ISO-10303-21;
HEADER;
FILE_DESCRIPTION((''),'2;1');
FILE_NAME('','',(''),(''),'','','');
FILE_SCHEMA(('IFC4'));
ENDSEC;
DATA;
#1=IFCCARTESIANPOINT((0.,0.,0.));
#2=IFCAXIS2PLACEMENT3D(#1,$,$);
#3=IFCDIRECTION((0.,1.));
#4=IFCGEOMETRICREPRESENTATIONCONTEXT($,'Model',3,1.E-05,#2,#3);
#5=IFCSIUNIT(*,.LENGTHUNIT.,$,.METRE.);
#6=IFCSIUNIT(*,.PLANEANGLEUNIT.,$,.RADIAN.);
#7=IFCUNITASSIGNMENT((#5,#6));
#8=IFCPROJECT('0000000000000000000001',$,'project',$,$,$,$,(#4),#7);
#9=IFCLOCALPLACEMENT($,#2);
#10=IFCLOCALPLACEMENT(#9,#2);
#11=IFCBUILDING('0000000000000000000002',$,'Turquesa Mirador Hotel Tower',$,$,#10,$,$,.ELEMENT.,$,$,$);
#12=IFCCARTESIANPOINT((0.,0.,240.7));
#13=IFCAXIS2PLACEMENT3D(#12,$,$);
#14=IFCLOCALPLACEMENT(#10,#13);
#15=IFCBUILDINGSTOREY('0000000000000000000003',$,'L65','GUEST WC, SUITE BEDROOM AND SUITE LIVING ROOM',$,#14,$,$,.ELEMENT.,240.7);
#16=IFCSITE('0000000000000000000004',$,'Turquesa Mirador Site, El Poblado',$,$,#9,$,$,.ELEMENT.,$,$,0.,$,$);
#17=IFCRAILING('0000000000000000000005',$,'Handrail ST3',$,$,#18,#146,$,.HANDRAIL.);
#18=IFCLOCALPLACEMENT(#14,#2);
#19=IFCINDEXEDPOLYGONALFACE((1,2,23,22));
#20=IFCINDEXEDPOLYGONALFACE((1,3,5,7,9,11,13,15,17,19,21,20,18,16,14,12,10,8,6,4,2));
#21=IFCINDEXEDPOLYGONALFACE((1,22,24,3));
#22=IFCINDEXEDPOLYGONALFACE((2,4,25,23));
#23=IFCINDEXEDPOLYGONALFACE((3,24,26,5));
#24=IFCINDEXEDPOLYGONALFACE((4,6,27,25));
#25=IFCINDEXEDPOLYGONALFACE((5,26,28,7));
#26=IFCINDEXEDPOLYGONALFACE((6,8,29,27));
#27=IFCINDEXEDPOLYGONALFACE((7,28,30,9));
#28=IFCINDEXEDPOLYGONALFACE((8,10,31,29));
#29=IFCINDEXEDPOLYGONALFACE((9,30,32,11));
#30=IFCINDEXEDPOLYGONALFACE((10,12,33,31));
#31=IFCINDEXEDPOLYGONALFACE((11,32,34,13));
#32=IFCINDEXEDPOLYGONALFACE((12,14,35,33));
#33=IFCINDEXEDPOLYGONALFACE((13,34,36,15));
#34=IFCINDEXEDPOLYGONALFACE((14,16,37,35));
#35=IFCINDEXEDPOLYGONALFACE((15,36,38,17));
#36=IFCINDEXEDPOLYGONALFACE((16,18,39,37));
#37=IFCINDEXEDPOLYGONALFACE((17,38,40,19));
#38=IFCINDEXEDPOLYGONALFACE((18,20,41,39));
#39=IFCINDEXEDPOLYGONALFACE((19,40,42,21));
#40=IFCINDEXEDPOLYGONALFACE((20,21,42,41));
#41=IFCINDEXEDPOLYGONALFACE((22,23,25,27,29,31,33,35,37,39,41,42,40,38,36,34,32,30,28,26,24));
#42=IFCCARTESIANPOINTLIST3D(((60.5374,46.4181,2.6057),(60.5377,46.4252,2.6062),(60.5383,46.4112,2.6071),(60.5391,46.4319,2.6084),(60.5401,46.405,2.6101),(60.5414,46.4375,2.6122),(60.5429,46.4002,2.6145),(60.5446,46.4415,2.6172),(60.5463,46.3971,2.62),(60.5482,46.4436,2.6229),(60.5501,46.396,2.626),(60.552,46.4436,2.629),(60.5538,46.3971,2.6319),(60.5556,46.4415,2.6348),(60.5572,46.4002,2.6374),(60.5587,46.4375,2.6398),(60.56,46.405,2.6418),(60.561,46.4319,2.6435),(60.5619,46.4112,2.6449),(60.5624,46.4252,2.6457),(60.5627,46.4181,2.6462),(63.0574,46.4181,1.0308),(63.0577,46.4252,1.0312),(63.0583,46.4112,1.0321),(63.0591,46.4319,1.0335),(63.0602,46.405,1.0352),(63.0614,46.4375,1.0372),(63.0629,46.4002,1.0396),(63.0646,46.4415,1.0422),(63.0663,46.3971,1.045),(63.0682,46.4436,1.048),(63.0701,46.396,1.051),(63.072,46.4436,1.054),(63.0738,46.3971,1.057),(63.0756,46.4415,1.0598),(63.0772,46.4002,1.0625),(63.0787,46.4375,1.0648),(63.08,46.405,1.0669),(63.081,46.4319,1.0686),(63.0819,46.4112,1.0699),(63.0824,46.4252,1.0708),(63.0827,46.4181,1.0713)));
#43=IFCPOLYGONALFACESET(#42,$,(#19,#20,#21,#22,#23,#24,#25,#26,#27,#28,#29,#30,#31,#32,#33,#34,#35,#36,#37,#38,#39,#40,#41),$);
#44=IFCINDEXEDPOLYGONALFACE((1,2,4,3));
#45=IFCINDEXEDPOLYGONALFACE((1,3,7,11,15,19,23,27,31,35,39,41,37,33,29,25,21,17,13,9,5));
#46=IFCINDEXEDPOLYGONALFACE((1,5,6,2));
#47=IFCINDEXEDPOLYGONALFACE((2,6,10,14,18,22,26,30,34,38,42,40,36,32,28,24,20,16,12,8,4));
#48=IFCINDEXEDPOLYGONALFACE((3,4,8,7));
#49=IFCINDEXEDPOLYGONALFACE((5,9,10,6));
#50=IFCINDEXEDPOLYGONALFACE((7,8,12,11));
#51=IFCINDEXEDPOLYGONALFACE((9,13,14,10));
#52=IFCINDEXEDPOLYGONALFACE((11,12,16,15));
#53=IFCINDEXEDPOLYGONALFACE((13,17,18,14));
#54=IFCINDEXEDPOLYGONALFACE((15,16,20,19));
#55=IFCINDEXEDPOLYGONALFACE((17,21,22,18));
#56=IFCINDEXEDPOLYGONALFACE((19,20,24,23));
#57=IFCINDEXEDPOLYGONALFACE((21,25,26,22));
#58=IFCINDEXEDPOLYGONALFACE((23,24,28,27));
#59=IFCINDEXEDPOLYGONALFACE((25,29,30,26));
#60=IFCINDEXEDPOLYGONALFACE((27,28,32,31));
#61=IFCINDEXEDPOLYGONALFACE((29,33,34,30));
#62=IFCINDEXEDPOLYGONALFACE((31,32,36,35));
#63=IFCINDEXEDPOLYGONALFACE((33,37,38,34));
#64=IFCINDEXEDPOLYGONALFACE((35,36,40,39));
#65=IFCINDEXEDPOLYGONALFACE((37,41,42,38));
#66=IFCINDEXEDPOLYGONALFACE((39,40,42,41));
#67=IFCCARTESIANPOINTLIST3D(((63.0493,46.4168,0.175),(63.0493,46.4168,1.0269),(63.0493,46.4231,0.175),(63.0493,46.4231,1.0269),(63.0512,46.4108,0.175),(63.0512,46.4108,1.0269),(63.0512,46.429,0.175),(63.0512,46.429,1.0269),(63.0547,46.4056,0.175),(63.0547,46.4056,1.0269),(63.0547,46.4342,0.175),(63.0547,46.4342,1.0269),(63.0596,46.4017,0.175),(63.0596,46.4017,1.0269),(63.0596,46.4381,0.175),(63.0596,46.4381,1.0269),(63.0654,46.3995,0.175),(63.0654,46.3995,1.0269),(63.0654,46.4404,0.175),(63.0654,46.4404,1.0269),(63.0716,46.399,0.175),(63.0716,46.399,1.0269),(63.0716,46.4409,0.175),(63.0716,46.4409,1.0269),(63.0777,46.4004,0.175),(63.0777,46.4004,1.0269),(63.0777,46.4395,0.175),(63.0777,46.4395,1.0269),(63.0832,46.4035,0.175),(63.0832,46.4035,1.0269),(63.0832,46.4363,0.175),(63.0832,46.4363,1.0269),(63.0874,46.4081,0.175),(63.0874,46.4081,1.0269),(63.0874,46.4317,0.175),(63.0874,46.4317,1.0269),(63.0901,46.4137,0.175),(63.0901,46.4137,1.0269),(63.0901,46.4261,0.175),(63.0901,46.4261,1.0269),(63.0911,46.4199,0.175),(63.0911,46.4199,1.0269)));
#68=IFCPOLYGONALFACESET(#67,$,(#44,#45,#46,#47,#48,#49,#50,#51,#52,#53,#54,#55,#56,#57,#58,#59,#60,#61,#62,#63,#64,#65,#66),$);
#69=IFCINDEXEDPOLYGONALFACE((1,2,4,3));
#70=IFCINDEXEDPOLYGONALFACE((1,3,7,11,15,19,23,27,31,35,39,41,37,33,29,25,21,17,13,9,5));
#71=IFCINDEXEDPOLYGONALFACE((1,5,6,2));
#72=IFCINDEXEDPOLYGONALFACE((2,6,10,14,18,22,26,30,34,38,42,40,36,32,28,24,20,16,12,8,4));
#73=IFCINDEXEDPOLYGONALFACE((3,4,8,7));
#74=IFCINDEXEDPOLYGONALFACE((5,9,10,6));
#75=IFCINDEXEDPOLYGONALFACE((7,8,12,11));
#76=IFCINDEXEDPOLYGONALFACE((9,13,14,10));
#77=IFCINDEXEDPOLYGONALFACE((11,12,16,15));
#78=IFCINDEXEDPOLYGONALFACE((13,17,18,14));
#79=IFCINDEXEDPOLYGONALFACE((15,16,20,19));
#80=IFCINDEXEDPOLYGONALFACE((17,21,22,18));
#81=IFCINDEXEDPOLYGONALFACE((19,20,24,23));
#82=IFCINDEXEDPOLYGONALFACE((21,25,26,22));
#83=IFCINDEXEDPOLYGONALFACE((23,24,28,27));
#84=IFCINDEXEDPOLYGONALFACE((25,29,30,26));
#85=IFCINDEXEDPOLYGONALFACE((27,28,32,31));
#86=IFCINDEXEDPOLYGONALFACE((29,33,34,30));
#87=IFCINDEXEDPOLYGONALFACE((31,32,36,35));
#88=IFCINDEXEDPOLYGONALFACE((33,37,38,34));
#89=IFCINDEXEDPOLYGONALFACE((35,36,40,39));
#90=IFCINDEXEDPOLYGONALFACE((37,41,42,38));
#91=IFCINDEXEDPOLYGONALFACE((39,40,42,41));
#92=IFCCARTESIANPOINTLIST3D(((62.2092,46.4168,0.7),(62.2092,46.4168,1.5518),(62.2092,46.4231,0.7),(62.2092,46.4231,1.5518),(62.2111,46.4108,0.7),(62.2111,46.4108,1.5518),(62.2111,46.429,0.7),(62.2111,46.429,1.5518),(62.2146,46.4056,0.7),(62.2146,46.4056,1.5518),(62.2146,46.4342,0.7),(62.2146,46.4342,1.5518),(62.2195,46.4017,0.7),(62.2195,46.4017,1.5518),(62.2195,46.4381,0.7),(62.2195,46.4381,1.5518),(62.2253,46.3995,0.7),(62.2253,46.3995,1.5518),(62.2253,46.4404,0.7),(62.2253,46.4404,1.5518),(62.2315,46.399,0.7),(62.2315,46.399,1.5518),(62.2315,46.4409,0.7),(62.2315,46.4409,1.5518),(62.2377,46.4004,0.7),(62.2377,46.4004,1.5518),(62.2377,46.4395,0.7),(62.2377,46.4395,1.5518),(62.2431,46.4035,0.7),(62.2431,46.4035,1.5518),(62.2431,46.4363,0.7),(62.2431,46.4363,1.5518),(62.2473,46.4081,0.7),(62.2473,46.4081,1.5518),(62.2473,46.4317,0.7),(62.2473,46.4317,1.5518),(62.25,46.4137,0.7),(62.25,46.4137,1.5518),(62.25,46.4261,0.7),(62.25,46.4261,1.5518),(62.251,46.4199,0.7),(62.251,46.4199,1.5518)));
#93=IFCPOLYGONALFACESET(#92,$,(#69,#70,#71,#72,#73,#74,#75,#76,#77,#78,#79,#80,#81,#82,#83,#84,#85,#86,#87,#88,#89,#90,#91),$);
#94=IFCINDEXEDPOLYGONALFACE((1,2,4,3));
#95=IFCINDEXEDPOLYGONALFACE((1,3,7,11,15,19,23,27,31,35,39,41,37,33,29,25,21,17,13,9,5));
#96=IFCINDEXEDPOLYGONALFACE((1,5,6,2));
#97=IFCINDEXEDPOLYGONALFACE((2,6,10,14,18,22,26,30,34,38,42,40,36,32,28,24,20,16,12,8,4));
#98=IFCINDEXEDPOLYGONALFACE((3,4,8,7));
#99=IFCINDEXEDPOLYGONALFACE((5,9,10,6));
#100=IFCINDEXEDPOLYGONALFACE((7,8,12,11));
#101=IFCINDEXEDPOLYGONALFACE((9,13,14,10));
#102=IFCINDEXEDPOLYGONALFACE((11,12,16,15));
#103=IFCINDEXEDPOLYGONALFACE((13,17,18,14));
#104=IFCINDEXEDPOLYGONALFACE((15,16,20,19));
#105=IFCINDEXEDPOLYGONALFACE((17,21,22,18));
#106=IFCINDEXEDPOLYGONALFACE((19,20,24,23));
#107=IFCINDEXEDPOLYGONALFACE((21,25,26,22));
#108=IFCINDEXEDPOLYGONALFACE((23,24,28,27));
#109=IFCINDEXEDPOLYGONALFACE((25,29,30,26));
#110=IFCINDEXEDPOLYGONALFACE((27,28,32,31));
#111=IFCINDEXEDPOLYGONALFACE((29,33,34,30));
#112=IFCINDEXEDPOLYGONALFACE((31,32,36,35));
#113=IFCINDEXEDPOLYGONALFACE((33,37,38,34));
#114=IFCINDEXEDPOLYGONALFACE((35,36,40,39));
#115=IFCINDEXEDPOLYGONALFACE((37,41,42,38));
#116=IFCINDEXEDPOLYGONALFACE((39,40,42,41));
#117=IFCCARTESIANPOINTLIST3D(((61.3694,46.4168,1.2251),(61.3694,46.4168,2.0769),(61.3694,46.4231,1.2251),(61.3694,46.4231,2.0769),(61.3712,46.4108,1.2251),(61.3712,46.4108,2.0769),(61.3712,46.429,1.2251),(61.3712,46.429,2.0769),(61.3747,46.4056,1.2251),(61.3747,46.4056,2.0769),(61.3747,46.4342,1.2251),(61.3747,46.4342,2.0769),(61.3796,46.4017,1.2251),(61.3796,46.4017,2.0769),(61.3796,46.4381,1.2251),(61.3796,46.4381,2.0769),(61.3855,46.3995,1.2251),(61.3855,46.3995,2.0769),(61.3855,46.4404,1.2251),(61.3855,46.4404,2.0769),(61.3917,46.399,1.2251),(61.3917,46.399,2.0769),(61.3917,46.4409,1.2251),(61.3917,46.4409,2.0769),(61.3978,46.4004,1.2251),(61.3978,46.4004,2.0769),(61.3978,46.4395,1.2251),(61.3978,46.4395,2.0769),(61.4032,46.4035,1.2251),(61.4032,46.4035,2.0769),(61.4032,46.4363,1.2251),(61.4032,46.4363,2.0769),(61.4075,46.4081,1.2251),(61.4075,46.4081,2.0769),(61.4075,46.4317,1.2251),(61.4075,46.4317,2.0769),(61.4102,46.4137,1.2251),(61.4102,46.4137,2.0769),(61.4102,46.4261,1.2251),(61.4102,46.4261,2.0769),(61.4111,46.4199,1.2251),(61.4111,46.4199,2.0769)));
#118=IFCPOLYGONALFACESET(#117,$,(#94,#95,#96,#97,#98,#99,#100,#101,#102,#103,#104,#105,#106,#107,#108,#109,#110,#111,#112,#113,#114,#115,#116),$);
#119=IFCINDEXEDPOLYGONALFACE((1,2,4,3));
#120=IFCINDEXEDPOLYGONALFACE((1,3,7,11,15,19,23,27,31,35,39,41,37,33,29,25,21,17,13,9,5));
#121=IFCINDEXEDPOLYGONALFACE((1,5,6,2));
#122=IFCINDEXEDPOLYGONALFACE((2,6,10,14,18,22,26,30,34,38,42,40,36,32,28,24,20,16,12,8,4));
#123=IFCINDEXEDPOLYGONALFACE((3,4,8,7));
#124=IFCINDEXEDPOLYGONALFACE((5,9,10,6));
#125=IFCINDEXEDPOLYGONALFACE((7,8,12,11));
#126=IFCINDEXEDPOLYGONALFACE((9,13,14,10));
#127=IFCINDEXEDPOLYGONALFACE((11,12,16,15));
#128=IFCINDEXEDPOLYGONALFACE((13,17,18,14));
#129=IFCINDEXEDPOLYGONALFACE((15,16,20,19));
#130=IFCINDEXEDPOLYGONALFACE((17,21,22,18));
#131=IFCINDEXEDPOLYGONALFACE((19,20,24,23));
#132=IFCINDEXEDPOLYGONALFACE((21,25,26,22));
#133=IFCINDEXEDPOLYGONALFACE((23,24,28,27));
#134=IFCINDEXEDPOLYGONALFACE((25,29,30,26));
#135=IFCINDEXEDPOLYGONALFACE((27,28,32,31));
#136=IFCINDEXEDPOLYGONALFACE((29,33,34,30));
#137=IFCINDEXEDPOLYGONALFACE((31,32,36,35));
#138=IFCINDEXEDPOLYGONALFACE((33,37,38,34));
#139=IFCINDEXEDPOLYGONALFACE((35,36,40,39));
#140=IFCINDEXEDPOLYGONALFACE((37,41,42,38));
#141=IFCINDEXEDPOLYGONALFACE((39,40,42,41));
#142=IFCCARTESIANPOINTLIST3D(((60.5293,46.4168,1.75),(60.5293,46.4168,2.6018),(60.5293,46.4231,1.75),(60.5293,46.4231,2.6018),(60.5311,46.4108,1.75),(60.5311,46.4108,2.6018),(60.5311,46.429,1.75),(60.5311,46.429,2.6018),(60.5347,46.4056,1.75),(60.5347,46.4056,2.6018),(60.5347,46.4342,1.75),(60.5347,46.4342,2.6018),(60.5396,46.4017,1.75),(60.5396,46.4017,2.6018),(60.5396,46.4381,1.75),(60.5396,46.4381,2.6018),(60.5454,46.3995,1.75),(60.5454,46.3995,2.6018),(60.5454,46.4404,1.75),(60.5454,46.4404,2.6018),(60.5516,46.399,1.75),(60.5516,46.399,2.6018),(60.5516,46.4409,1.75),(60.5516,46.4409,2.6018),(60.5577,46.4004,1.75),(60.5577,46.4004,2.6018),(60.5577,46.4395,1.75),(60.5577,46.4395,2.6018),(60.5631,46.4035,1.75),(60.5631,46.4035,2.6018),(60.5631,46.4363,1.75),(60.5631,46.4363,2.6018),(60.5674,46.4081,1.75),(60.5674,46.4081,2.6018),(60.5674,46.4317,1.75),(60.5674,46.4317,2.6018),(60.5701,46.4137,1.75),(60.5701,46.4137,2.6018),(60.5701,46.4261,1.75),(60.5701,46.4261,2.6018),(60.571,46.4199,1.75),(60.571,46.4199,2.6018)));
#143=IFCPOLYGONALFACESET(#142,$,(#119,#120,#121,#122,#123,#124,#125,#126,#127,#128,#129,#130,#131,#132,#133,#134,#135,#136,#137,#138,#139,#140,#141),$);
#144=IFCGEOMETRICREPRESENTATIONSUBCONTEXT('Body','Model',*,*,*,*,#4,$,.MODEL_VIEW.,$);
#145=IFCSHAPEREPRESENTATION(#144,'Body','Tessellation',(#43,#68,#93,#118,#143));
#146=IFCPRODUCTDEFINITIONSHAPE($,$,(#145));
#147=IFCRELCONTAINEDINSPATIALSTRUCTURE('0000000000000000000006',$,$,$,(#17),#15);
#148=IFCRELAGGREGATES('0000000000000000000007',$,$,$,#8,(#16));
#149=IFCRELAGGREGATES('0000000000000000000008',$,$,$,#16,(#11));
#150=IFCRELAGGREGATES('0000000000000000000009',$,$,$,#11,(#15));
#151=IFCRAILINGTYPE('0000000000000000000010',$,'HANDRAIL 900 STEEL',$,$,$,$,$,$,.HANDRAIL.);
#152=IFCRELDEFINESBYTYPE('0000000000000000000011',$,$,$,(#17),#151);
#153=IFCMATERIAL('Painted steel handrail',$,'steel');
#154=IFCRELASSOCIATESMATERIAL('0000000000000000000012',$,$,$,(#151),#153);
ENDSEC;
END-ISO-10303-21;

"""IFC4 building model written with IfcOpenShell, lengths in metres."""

from ifc_helpers import new_model, si_unit, direction, frame, origin, origin_2d, place, context, subcontext, project, spatial, circle, extrude, material, type_object, element, save


model = new_model("IFC4")

# Units and contexts
model_context = context("Model", 3, precision=1e-05, world=origin(), true_north=direction((0.0, 1.0)))
body_context = subcontext(model_context, "Body", "Model", "MODEL_VIEW")
ifc_project = project(units=[si_unit("LENGTHUNIT", "METRE"), si_unit("PLANEANGLEUNIT", "RADIAN")], contexts=[model_context])

# Site, building, storey
site_placement = place(None, origin())
site = spatial("IfcSite", under=ifc_project, at=site_placement, Name="Turquesa Mirador Site, El Poblado", CompositionType="ELEMENT", RefElevation=0.0)
building_placement = place(site_placement, origin())
building = spatial("IfcBuilding", under=site, at=building_placement, Name="Turquesa Mirador Hotel Tower", CompositionType="ELEMENT")
storey_placement = place(building_placement, frame((0.0, 0.0, 240.7)))
storey = spatial("IfcBuildingStorey", under=building, at=storey_placement, Name="L65", Description="GUEST WC, SUITE BEDROOM AND SUITE LIVING ROOM", CompositionType="ELEMENT", Elevation=240.7)

# Railing
ifc_material_1 = material(Name="Painted steel handrail", Category="steel")
railing_type = type_object("IfcRailingType", Name="HANDRAIL 900 STEEL", PredefinedType="HANDRAIL", material=ifc_material_1)
railing_1_placement = place(storey_placement, frame((63.0701, 46.4199, 0.175)))
element("IfcRailing", 1, at=railing_1_placement, inside=storey, type_object=railing_type, Name="Handrail ST3", PredefinedType="HANDRAIL", context=body_context, shape_type="SweptSolid", body=[
    extrude(circle(Radius=0.0239, at=origin_2d()), frame((0.0, 0.0, 0.876), z_axis=(-0.848008, 0.0, 0.529984), x_axis=(0.0, -1.0, 0.0)), (0.0, 0.0, 1.0), 2.9717),
    extrude(circle(Radius=0.021, at=origin_2d()), origin(), (0.0, 0.0, 1.0), 0.8518),
    extrude(circle(Radius=0.021, at=origin_2d()), frame((-0.8401, 0.0, 0.5249)), (0.0, 0.0, 1.0), 0.8518),
    extrude(circle(Radius=0.021, at=origin_2d()), frame((-1.6799, 0.0, 1.05)), (0.0, 0.0, 1.0), 0.8518),
    extrude(circle(Radius=0.021, at=origin_2d()), frame((-2.52, 0.0, 1.575)), (0.0, 0.0, 1.0), 0.8518),
])

save(model, "model.ifc")
